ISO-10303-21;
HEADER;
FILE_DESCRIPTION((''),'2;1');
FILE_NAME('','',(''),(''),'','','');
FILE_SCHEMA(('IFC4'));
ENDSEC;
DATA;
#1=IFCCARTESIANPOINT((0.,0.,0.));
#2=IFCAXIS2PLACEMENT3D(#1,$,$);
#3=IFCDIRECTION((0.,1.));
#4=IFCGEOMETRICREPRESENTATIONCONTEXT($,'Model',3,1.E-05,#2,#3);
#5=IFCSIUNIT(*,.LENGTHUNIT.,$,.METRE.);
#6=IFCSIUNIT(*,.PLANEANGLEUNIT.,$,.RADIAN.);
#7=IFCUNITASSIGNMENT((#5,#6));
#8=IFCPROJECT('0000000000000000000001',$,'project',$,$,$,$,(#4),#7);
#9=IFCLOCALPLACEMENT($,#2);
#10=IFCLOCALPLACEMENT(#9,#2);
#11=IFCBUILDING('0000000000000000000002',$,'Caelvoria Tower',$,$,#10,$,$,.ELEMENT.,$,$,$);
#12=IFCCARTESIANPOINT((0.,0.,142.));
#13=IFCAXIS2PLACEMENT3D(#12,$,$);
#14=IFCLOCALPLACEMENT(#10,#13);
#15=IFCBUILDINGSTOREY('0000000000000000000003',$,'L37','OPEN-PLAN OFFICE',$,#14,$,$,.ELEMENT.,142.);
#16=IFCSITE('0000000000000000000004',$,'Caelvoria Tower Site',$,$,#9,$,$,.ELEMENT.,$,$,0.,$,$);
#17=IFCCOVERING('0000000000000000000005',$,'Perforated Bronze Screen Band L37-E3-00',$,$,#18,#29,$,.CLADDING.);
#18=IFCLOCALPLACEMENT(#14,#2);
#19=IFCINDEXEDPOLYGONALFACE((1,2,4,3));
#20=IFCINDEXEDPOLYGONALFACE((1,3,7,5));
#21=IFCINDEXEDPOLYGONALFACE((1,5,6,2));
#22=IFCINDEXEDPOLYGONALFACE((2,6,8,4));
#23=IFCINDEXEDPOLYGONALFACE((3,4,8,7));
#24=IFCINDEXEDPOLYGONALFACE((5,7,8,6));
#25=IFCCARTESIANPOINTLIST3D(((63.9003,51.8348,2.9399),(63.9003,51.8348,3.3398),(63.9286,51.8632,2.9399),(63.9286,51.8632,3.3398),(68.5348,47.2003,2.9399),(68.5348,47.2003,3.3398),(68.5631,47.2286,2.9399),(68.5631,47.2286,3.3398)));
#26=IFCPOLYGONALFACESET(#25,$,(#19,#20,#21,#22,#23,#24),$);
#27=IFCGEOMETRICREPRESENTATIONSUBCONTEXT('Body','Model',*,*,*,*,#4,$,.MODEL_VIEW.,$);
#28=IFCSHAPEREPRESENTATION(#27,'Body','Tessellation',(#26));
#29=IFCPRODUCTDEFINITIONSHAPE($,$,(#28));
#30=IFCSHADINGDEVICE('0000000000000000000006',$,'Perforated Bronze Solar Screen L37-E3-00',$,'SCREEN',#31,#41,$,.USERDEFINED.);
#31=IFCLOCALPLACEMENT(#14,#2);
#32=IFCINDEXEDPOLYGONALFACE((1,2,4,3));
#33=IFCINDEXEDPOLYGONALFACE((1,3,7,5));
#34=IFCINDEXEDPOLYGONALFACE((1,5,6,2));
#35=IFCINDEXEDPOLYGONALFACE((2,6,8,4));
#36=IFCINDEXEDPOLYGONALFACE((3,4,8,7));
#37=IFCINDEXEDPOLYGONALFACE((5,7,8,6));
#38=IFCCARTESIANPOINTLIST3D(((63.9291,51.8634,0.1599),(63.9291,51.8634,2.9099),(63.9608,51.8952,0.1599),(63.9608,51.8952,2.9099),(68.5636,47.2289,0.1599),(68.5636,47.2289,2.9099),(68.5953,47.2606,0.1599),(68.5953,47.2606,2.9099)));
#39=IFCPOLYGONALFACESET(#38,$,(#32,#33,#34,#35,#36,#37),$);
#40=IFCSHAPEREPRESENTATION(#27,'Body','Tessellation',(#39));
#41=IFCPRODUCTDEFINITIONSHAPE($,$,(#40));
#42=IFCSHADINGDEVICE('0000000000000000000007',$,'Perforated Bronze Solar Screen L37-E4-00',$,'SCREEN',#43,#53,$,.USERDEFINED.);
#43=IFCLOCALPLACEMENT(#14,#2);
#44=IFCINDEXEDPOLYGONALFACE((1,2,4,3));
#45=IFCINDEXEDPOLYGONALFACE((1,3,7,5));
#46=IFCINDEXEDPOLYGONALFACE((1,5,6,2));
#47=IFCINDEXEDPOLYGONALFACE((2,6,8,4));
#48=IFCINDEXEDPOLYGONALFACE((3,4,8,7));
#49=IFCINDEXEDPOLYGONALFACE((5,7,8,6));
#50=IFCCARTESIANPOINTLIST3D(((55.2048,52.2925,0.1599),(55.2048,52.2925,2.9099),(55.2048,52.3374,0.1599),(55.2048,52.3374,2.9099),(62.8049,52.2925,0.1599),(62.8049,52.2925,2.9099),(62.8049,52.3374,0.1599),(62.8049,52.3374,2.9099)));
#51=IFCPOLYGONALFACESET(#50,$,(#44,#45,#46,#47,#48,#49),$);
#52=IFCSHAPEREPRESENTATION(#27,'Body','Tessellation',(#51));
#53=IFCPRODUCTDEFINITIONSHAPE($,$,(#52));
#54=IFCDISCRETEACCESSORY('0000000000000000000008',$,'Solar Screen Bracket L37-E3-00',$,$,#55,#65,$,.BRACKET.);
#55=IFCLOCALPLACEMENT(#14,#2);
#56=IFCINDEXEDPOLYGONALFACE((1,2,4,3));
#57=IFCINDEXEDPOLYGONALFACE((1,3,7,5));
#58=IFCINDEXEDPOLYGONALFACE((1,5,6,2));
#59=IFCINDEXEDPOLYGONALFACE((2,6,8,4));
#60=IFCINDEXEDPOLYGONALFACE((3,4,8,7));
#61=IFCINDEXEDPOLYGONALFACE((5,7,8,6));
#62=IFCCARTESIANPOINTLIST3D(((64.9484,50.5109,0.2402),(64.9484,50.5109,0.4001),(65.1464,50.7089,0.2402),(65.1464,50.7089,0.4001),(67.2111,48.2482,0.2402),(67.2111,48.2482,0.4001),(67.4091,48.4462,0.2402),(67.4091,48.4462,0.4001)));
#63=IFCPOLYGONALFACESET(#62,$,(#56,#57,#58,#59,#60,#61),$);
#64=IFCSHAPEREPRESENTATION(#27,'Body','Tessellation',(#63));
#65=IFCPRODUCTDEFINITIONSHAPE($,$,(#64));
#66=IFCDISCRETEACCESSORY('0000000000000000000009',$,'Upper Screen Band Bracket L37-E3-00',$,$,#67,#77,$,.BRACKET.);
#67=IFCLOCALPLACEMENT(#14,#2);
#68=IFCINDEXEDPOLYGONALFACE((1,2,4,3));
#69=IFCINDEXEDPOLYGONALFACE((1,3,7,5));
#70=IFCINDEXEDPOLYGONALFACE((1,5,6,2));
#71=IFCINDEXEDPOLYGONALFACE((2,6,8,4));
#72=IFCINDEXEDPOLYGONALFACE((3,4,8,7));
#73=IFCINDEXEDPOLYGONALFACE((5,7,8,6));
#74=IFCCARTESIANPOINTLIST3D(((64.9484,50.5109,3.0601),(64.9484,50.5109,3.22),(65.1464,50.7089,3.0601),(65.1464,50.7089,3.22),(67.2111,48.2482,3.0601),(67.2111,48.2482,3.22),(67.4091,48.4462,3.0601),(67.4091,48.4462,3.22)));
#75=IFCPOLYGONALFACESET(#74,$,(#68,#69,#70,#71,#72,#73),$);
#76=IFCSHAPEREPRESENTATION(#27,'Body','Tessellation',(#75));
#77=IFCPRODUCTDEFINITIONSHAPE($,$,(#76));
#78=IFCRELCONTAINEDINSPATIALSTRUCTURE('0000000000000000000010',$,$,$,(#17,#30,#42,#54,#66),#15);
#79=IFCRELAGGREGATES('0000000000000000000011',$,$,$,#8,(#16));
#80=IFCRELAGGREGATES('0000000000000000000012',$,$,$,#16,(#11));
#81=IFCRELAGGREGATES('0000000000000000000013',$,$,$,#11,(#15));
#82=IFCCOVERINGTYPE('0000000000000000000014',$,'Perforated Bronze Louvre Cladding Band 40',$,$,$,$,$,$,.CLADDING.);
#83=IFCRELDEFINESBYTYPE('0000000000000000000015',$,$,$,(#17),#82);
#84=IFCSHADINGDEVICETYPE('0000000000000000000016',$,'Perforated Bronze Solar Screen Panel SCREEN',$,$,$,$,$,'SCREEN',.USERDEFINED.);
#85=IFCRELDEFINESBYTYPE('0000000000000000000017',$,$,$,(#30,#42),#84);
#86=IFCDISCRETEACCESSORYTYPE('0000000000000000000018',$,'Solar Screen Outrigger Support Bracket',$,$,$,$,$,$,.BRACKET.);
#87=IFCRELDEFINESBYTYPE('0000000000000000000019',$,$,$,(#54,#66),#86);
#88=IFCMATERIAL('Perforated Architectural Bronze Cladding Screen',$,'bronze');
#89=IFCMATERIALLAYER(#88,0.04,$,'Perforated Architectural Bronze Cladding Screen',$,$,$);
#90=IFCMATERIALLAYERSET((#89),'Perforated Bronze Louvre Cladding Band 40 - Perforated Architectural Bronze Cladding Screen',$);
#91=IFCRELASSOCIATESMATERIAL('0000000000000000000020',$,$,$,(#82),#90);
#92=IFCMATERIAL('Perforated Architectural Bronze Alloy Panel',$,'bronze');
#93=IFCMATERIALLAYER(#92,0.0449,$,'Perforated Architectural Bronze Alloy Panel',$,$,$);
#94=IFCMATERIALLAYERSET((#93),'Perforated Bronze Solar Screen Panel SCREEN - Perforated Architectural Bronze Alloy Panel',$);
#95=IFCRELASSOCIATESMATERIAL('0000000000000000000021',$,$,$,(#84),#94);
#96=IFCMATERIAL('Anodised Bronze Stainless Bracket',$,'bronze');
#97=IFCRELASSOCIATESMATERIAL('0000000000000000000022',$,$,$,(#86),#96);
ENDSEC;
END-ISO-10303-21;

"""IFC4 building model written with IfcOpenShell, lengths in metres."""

from ifc_helpers import new_model, si_unit, direction, frame, origin, origin_2d, place, context, subcontext, project, spatial, rectangle, extrude, material, layer, layer_set, type_object, element, save


model = new_model("IFC4")

# Units and contexts
model_context = context("Model", 3, precision=1e-05, world=origin(), true_north=direction((0.0, 1.0)))
body_context = subcontext(model_context, "Body", "Model", "MODEL_VIEW")
ifc_project = project(units=[si_unit("LENGTHUNIT", "METRE"), si_unit("PLANEANGLEUNIT", "RADIAN")], contexts=[model_context])

# Site, building, storey
site_placement = place(None, origin())
site = spatial("IfcSite", under=ifc_project, at=site_placement, Name="Caelvoria Tower Site", CompositionType="ELEMENT", RefElevation=0.0)
building_placement = place(site_placement, origin())
building = spatial("IfcBuilding", under=site, at=building_placement, Name="Caelvoria Tower", CompositionType="ELEMENT")
storey_placement = place(building_placement, frame((0.0, 0.0, 142.0)))
storey = spatial("IfcBuildingStorey", under=building, at=storey_placement, Name="L37", Description="OPEN-PLAN OFFICE", CompositionType="ELEMENT", Elevation=142.0)

# Covering
ifc_material_1 = material(Name="Perforated Architectural Bronze Cladding Screen", Category="bronze")
ifc_layer_1 = layer(ifc_material_1, 0.04, Name="Perforated Architectural Bronze Cladding Screen")
ifc_layer_set_1 = layer_set([ifc_layer_1], Name="Perforated Bronze Louvre Cladding Band 40 - Perforated Architectural Bronze Cladding Screen")
covering_type = type_object("IfcCoveringType", Name="Perforated Bronze Louvre Cladding Band 40", PredefinedType="CLADDING", material=ifc_layer_set_1)
covering_placement = place(storey_placement, frame((66.2317, 49.5317, 2.9399), z_axis=(0.0, 0.0, 1.0), x_axis=(-0.707107, 0.707107, 0.0)))
element("IfcCovering", 1, at=covering_placement, inside=storey, type_object=covering_type, Name="Perforated Bronze Screen Band L37-E3-00", PredefinedType="CLADDING", context=body_context, shape_type="SweptSolid", body=[
    extrude(rectangle(XDim=6.5542, YDim=0.04, at=origin_2d()), origin(), (0.0, 0.0, 1.0), 0.3999),
])

# Shading devices
ifc_material_2 = material(Name="Perforated Architectural Bronze Alloy Panel", Category="bronze")
ifc_layer_2 = layer(ifc_material_2, 0.0449, Name="Perforated Architectural Bronze Alloy Panel")
ifc_layer_set_2 = layer_set([ifc_layer_2], Name="Perforated Bronze Solar Screen Panel SCREEN - Perforated Architectural Bronze Alloy Panel")
shading_device_type = type_object("IfcShadingDeviceType", Name="Perforated Bronze Solar Screen Panel SCREEN", ElementType="SCREEN", PredefinedType="USERDEFINED", material=ifc_layer_set_2)
shading_device_1_placement = place(storey_placement, frame((66.2622, 49.562, 0.1599), z_axis=(0.0, 0.0, 1.0), x_axis=(-0.707107, 0.707107, 0.0)))
element("IfcShadingDevice", 2, at=shading_device_1_placement, inside=storey, type_object=shading_device_type, Name="Perforated Bronze Solar Screen L37-E3-00", ObjectType="SCREEN", PredefinedType="USERDEFINED", context=body_context, shape_type="SweptSolid", body=[
    extrude(rectangle(XDim=6.5542, YDim=0.0449, at=origin_2d()), origin(), (0.0, 0.0, 1.0), 2.75),
])
shading_device_2_placement = place(storey_placement, frame((59.0049, 52.3149, 0.1599), z_axis=(0.0, 0.0, 1.0), x_axis=(-1.0, 0.0, 0.0)))
element("IfcShadingDevice", 3, at=shading_device_2_placement, inside=storey, type_object=shading_device_type, Name="Perforated Bronze Solar Screen L37-E4-00", ObjectType="SCREEN", PredefinedType="USERDEFINED", context=body_context, shape_type="SweptSolid", body=[
    extrude(rectangle(XDim=7.6001, YDim=0.0449, at=origin_2d()), origin(), (0.0, 0.0, 1.0), 2.75),
])

# Discrete accessories
ifc_material_3 = material(Name="Anodised Bronze Stainless Bracket", Category="bronze")
discrete_accessory_type = type_object("IfcDiscreteAccessoryType", Name="Solar Screen Outrigger Support Bracket", PredefinedType="BRACKET", material=ifc_material_3)
for number, where, z_axis, x_axis, name in (
    (4, (66.1787, 49.4785, 0.2402), (0.0, 0.0, 1.0), (-0.707107, 0.707107, 0.0), "Solar Screen Bracket L37-E3-00"),
    (5, (66.1787, 49.4785, 3.0601), (0.0, 0.0, 1.0), (-0.707107, 0.707107, 0.0), "Upper Screen Band Bracket L37-E3-00"),
):
    element("IfcDiscreteAccessory", number, at=place(storey_placement, frame(where, z_axis=z_axis, x_axis=x_axis)), inside=storey, type_object=discrete_accessory_type, Name=name, PredefinedType="BRACKET", context=body_context, shape_type="SweptSolid", body=[
        extrude(rectangle(XDim=3.2, YDim=0.28, at=origin_2d()), origin(), (0.0, 0.0, 1.0), 0.1599),
    ])

save(model, "model.ifc")
